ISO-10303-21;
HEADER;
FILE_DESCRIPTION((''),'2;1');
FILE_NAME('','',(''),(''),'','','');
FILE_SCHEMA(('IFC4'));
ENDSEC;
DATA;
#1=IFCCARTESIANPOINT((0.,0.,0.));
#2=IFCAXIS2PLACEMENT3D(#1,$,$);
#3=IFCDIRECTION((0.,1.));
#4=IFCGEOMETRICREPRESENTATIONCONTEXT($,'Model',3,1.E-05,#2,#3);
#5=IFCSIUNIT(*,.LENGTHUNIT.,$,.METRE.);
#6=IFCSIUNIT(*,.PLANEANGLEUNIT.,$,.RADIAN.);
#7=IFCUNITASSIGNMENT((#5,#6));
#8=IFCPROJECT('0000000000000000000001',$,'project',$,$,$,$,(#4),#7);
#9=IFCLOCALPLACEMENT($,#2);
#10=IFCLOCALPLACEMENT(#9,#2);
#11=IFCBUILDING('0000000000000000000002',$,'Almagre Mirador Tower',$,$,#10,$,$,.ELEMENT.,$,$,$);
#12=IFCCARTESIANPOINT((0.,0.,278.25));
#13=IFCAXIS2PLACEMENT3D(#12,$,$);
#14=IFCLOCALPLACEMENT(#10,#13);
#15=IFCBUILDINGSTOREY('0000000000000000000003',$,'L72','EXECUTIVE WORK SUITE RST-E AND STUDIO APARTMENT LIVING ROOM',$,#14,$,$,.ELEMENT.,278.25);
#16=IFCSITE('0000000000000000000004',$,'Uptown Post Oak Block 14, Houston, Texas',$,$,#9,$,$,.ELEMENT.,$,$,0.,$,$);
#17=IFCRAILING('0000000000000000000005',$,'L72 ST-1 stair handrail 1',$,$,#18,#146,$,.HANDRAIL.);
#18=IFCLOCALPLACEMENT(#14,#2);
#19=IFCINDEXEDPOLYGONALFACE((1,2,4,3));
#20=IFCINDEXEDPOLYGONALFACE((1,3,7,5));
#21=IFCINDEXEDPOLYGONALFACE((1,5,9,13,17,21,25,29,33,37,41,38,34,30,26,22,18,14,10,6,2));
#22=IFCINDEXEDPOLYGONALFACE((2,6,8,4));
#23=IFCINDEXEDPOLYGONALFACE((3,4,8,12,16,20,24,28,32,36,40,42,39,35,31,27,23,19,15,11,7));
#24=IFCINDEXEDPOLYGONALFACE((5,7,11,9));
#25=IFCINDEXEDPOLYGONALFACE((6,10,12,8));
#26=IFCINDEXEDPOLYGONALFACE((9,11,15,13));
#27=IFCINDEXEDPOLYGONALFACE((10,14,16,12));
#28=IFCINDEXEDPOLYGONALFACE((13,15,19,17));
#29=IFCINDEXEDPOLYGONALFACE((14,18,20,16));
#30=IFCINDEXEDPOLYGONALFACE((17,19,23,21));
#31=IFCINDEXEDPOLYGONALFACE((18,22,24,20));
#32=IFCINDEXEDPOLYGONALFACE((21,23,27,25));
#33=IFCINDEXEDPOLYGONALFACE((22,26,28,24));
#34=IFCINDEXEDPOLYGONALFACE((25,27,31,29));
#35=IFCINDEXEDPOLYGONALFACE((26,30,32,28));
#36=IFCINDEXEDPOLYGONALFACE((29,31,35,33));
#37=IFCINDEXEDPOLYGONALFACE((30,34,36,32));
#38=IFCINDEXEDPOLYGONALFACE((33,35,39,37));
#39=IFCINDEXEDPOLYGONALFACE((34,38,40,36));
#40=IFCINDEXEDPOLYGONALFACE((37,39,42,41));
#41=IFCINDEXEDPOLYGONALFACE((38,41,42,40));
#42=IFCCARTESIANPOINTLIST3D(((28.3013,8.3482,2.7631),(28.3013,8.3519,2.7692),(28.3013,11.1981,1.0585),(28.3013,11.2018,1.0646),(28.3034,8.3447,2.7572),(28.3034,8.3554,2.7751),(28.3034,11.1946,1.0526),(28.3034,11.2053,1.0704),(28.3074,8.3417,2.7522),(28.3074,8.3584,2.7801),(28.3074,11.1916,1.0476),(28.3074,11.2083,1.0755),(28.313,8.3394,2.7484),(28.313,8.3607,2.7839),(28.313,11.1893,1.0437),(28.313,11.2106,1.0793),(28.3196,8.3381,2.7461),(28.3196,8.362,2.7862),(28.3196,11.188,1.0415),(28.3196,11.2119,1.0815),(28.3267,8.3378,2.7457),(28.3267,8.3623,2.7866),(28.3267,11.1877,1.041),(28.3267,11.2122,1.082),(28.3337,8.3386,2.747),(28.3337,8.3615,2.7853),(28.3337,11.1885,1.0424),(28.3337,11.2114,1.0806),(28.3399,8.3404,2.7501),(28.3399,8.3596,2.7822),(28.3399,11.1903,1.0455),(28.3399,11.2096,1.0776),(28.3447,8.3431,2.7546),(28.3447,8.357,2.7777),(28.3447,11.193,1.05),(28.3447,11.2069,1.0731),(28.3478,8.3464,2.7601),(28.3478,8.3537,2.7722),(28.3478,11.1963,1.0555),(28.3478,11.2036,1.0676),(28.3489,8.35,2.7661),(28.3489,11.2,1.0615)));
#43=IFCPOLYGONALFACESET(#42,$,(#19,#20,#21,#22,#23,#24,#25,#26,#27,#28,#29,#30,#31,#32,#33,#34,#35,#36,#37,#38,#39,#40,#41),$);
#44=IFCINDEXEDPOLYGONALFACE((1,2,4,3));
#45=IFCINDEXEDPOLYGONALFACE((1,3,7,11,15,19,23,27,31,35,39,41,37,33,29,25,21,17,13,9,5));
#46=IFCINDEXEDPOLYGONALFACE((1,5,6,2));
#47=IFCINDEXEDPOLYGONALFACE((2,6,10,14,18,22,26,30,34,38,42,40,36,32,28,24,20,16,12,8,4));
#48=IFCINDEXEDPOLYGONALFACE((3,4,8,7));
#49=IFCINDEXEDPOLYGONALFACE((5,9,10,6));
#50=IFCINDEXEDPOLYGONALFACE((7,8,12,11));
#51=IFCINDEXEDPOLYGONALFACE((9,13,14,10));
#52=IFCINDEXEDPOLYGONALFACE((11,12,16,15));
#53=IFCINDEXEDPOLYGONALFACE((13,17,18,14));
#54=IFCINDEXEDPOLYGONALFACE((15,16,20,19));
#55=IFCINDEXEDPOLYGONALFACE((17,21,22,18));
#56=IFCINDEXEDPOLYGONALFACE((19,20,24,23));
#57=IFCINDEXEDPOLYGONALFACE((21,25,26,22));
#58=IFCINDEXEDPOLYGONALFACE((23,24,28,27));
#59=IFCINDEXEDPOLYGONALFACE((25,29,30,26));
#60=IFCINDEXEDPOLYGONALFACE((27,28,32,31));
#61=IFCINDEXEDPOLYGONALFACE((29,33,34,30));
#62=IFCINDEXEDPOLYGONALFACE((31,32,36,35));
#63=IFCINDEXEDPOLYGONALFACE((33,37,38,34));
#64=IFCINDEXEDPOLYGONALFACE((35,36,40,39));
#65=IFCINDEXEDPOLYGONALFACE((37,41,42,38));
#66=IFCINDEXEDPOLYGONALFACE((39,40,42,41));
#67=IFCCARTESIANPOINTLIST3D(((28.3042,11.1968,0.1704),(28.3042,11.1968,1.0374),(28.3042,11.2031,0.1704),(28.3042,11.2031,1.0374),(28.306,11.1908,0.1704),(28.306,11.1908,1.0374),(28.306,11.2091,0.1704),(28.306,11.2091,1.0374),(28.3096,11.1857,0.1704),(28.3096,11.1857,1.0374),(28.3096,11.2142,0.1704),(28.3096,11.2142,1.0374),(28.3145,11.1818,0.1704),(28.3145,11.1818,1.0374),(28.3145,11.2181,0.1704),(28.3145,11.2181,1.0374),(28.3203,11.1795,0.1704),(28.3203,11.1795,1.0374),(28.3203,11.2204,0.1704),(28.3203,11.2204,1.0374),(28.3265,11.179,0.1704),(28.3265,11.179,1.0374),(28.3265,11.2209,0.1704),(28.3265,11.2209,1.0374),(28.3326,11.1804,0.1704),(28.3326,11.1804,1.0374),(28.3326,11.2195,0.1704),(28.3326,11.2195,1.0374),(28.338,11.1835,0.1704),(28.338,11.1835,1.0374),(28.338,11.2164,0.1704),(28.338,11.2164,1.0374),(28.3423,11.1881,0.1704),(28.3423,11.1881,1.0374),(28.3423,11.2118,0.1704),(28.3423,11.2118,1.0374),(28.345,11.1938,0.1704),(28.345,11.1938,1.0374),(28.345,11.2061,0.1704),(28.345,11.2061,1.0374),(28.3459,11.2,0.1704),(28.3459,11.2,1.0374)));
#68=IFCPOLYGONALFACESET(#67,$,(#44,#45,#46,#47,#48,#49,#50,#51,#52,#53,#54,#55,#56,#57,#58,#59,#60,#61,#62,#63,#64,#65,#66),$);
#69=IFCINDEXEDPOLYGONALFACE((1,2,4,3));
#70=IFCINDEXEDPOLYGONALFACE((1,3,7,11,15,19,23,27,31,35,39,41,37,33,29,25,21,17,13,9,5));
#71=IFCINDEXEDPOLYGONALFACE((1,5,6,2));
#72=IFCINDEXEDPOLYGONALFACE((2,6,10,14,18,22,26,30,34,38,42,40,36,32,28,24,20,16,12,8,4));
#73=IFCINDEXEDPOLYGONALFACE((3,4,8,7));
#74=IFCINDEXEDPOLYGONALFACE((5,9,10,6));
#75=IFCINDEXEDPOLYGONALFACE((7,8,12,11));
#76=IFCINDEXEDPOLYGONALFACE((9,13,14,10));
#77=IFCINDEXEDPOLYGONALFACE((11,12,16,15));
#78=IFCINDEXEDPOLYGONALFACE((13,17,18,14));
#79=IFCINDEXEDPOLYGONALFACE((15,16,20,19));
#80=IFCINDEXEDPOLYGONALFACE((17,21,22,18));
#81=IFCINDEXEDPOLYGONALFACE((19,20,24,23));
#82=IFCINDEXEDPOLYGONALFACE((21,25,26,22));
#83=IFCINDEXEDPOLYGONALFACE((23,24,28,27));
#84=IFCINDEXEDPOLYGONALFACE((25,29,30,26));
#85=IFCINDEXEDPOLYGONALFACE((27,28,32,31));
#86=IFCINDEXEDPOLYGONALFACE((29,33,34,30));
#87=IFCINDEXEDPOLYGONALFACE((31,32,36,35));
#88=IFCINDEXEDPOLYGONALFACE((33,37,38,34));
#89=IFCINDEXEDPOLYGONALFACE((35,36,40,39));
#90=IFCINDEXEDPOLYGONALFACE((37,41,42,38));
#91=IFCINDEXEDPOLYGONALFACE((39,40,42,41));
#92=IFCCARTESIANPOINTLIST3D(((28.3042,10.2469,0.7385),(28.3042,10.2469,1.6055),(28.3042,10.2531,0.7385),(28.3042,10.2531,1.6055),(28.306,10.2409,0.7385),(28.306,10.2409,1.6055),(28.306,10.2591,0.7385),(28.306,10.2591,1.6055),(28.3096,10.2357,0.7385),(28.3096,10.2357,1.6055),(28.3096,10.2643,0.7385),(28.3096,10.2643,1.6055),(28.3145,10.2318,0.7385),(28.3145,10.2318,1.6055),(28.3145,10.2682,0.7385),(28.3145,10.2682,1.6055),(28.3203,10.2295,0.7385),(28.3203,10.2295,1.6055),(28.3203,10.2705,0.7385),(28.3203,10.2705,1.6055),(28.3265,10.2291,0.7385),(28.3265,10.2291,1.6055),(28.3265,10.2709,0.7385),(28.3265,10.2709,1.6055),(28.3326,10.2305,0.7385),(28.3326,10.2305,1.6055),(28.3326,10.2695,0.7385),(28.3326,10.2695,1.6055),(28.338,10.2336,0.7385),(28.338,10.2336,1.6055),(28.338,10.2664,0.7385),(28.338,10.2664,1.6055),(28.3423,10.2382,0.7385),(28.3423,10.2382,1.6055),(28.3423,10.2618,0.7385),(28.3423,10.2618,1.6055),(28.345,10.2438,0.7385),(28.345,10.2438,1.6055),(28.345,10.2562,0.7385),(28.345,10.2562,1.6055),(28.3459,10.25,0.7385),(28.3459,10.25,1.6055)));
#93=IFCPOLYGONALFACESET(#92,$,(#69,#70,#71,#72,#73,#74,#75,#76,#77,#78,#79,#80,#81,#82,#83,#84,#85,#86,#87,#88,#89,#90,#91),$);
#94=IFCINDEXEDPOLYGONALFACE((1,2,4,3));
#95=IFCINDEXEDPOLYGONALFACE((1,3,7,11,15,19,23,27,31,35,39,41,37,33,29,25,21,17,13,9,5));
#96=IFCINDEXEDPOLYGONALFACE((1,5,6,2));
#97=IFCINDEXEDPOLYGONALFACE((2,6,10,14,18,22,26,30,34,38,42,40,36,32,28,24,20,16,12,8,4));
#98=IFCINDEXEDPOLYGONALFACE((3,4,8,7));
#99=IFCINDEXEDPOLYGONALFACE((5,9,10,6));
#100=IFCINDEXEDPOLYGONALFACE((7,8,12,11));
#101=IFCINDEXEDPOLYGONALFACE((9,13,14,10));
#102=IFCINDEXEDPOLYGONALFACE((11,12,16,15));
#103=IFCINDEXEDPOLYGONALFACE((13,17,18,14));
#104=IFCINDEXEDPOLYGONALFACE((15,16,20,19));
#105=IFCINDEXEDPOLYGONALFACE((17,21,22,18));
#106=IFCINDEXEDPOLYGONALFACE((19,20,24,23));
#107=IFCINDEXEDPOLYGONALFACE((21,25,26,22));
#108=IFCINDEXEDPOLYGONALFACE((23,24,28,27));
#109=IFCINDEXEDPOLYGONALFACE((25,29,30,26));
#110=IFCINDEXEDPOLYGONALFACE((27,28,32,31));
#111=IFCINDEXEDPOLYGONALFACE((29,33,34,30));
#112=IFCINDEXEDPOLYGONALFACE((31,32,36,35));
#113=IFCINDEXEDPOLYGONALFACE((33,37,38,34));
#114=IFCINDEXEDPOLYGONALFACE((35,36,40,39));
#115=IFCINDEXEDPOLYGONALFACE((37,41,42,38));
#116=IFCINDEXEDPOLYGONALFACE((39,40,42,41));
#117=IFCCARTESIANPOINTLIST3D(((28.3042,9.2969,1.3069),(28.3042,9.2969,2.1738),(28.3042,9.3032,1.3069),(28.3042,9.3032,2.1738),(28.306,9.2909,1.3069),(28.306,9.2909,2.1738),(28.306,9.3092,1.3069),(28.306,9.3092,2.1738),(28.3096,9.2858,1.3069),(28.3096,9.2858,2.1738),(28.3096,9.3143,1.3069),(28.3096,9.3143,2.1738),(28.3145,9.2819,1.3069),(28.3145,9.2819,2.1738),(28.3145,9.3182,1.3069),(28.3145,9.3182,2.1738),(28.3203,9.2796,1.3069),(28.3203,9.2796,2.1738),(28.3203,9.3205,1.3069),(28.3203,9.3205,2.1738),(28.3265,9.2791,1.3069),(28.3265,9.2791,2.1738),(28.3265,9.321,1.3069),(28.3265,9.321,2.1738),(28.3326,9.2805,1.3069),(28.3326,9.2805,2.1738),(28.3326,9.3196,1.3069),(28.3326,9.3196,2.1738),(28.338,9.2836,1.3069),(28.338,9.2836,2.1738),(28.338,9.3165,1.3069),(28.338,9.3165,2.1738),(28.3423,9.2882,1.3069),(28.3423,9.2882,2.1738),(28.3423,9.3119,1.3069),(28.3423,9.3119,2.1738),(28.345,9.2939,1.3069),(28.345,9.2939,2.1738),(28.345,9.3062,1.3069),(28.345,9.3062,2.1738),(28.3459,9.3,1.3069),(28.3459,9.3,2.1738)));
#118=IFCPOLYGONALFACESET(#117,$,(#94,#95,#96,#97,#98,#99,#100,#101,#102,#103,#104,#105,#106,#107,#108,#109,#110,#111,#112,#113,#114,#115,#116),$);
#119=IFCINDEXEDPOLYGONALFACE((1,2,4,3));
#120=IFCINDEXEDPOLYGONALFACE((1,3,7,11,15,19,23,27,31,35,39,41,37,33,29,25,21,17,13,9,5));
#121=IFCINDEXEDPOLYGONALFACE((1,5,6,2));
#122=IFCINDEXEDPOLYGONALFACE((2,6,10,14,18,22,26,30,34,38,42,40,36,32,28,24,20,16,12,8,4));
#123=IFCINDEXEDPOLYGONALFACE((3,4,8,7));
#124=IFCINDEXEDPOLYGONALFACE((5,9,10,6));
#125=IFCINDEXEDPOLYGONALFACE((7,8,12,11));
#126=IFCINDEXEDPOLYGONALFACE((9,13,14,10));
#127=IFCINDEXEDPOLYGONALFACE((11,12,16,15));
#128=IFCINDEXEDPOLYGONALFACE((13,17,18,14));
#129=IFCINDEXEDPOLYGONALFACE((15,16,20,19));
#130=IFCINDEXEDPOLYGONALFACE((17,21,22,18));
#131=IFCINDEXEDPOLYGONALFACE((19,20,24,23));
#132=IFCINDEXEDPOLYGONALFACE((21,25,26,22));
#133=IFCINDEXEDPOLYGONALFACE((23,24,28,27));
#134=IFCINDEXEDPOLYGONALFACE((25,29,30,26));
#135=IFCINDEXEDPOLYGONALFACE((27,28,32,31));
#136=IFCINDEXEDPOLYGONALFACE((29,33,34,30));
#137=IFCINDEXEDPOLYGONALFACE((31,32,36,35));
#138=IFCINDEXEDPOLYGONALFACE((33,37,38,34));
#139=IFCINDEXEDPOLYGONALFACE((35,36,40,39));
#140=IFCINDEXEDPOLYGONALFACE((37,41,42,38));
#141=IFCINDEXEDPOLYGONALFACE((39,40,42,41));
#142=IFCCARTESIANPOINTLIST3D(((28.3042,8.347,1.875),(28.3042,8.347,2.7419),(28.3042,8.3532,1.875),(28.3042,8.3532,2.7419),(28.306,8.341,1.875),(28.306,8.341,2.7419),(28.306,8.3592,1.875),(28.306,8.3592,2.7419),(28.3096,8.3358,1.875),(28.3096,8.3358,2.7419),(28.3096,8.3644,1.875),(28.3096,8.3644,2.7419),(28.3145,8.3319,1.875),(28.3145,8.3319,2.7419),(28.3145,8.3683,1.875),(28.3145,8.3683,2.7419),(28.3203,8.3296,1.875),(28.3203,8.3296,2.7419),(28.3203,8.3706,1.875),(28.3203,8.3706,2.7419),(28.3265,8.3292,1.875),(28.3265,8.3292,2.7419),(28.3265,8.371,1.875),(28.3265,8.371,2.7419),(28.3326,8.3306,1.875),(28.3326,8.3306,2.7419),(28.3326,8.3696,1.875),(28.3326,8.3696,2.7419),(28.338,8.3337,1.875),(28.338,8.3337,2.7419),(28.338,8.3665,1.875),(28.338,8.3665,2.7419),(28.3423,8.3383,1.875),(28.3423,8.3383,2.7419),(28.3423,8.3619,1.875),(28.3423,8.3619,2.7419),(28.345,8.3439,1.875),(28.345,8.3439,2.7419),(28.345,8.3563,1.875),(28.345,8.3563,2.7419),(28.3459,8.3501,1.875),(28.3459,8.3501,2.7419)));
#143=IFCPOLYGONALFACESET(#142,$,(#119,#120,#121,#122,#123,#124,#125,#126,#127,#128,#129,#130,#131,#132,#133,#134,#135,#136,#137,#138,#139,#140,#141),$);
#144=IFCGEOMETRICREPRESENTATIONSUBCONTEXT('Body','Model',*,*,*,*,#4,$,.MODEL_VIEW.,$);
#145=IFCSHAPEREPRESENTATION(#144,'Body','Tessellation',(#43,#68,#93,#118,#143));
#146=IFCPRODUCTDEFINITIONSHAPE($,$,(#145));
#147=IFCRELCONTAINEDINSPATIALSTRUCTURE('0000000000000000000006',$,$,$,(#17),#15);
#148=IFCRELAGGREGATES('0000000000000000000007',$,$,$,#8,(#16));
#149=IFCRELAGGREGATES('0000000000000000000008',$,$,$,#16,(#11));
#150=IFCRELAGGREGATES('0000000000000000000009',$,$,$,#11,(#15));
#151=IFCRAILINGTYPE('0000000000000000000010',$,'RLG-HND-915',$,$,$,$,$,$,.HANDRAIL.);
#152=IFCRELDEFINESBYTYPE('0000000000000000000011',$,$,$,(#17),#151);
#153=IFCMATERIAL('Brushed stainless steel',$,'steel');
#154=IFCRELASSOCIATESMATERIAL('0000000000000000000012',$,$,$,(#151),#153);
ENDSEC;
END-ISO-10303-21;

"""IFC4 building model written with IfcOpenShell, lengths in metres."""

from ifc_helpers import new_model, si_unit, direction, frame, origin, origin_2d, place, context, subcontext, project, spatial, circle, extrude, material, type_object, element, save


model = new_model("IFC4")

# Units and contexts
model_context = context("Model", 3, precision=1e-05, world=origin(), true_north=direction((0.0, 1.0)))
body_context = subcontext(model_context, "Body", "Model", "MODEL_VIEW")
ifc_project = project(units=[si_unit("LENGTHUNIT", "METRE"), si_unit("PLANEANGLEUNIT", "RADIAN")], contexts=[model_context])

# Site, building, storey
site_placement = place(None, origin())
site = spatial("IfcSite", under=ifc_project, at=site_placement, Name="Uptown Post Oak Block 14, Houston, Texas", CompositionType="ELEMENT", RefElevation=0.0)
building_placement = place(site_placement, origin())
building = spatial("IfcBuilding", under=site, at=building_placement, Name="Almagre Mirador Tower", CompositionType="ELEMENT")
storey_placement = place(building_placement, frame((0.0, 0.0, 278.25)))
storey = spatial("IfcBuildingStorey", under=building, at=storey_placement, Name="L72", Description="EXECUTIVE WORK SUITE RST-E AND STUDIO APARTMENT LIVING ROOM", CompositionType="ELEMENT", Elevation=278.25)

# Railing
ifc_material_1 = material(Name="Brushed stainless steel", Category="steel")
railing_type_1 = type_object("IfcRailingType", Name="RLG-HND-915", PredefinedType="HANDRAIL", material=ifc_material_1)
railing_1_placement = place(storey_placement, frame((28.325, 11.2, 0.1704)))
element("IfcRailing", 1, at=railing_1_placement, inside=storey, type_object=railing_type_1, Name="L72 ST-1 stair handrail 1", PredefinedType="HANDRAIL", context=body_context, shape_type="SweptSolid", body=[
    extrude(circle(Radius=0.0239, at=origin_2d()), frame((0.0, 0.0, 0.8911), z_axis=(0.0, -0.858199, 0.513317), x_axis=(1.0, 0.0, 0.0)), (0.0, 0.0, 1.0), 3.3208),
    extrude(circle(Radius=0.021, at=origin_2d()), origin(), (0.0, 0.0, 1.0), 0.8669),
    extrude(circle(Radius=0.021, at=origin_2d()), frame((0.0, -0.95, 0.5681)), (0.0, 0.0, 1.0), 0.8669),
    extrude(circle(Radius=0.021, at=origin_2d()), frame((0.0, -1.8999, 1.1365)), (0.0, 0.0, 1.0), 0.8669),
    extrude(circle(Radius=0.021, at=origin_2d()), frame((0.0, -2.8499, 1.7046)), (0.0, 0.0, 1.0), 0.8669),
])

save(model, "model.ifc")
